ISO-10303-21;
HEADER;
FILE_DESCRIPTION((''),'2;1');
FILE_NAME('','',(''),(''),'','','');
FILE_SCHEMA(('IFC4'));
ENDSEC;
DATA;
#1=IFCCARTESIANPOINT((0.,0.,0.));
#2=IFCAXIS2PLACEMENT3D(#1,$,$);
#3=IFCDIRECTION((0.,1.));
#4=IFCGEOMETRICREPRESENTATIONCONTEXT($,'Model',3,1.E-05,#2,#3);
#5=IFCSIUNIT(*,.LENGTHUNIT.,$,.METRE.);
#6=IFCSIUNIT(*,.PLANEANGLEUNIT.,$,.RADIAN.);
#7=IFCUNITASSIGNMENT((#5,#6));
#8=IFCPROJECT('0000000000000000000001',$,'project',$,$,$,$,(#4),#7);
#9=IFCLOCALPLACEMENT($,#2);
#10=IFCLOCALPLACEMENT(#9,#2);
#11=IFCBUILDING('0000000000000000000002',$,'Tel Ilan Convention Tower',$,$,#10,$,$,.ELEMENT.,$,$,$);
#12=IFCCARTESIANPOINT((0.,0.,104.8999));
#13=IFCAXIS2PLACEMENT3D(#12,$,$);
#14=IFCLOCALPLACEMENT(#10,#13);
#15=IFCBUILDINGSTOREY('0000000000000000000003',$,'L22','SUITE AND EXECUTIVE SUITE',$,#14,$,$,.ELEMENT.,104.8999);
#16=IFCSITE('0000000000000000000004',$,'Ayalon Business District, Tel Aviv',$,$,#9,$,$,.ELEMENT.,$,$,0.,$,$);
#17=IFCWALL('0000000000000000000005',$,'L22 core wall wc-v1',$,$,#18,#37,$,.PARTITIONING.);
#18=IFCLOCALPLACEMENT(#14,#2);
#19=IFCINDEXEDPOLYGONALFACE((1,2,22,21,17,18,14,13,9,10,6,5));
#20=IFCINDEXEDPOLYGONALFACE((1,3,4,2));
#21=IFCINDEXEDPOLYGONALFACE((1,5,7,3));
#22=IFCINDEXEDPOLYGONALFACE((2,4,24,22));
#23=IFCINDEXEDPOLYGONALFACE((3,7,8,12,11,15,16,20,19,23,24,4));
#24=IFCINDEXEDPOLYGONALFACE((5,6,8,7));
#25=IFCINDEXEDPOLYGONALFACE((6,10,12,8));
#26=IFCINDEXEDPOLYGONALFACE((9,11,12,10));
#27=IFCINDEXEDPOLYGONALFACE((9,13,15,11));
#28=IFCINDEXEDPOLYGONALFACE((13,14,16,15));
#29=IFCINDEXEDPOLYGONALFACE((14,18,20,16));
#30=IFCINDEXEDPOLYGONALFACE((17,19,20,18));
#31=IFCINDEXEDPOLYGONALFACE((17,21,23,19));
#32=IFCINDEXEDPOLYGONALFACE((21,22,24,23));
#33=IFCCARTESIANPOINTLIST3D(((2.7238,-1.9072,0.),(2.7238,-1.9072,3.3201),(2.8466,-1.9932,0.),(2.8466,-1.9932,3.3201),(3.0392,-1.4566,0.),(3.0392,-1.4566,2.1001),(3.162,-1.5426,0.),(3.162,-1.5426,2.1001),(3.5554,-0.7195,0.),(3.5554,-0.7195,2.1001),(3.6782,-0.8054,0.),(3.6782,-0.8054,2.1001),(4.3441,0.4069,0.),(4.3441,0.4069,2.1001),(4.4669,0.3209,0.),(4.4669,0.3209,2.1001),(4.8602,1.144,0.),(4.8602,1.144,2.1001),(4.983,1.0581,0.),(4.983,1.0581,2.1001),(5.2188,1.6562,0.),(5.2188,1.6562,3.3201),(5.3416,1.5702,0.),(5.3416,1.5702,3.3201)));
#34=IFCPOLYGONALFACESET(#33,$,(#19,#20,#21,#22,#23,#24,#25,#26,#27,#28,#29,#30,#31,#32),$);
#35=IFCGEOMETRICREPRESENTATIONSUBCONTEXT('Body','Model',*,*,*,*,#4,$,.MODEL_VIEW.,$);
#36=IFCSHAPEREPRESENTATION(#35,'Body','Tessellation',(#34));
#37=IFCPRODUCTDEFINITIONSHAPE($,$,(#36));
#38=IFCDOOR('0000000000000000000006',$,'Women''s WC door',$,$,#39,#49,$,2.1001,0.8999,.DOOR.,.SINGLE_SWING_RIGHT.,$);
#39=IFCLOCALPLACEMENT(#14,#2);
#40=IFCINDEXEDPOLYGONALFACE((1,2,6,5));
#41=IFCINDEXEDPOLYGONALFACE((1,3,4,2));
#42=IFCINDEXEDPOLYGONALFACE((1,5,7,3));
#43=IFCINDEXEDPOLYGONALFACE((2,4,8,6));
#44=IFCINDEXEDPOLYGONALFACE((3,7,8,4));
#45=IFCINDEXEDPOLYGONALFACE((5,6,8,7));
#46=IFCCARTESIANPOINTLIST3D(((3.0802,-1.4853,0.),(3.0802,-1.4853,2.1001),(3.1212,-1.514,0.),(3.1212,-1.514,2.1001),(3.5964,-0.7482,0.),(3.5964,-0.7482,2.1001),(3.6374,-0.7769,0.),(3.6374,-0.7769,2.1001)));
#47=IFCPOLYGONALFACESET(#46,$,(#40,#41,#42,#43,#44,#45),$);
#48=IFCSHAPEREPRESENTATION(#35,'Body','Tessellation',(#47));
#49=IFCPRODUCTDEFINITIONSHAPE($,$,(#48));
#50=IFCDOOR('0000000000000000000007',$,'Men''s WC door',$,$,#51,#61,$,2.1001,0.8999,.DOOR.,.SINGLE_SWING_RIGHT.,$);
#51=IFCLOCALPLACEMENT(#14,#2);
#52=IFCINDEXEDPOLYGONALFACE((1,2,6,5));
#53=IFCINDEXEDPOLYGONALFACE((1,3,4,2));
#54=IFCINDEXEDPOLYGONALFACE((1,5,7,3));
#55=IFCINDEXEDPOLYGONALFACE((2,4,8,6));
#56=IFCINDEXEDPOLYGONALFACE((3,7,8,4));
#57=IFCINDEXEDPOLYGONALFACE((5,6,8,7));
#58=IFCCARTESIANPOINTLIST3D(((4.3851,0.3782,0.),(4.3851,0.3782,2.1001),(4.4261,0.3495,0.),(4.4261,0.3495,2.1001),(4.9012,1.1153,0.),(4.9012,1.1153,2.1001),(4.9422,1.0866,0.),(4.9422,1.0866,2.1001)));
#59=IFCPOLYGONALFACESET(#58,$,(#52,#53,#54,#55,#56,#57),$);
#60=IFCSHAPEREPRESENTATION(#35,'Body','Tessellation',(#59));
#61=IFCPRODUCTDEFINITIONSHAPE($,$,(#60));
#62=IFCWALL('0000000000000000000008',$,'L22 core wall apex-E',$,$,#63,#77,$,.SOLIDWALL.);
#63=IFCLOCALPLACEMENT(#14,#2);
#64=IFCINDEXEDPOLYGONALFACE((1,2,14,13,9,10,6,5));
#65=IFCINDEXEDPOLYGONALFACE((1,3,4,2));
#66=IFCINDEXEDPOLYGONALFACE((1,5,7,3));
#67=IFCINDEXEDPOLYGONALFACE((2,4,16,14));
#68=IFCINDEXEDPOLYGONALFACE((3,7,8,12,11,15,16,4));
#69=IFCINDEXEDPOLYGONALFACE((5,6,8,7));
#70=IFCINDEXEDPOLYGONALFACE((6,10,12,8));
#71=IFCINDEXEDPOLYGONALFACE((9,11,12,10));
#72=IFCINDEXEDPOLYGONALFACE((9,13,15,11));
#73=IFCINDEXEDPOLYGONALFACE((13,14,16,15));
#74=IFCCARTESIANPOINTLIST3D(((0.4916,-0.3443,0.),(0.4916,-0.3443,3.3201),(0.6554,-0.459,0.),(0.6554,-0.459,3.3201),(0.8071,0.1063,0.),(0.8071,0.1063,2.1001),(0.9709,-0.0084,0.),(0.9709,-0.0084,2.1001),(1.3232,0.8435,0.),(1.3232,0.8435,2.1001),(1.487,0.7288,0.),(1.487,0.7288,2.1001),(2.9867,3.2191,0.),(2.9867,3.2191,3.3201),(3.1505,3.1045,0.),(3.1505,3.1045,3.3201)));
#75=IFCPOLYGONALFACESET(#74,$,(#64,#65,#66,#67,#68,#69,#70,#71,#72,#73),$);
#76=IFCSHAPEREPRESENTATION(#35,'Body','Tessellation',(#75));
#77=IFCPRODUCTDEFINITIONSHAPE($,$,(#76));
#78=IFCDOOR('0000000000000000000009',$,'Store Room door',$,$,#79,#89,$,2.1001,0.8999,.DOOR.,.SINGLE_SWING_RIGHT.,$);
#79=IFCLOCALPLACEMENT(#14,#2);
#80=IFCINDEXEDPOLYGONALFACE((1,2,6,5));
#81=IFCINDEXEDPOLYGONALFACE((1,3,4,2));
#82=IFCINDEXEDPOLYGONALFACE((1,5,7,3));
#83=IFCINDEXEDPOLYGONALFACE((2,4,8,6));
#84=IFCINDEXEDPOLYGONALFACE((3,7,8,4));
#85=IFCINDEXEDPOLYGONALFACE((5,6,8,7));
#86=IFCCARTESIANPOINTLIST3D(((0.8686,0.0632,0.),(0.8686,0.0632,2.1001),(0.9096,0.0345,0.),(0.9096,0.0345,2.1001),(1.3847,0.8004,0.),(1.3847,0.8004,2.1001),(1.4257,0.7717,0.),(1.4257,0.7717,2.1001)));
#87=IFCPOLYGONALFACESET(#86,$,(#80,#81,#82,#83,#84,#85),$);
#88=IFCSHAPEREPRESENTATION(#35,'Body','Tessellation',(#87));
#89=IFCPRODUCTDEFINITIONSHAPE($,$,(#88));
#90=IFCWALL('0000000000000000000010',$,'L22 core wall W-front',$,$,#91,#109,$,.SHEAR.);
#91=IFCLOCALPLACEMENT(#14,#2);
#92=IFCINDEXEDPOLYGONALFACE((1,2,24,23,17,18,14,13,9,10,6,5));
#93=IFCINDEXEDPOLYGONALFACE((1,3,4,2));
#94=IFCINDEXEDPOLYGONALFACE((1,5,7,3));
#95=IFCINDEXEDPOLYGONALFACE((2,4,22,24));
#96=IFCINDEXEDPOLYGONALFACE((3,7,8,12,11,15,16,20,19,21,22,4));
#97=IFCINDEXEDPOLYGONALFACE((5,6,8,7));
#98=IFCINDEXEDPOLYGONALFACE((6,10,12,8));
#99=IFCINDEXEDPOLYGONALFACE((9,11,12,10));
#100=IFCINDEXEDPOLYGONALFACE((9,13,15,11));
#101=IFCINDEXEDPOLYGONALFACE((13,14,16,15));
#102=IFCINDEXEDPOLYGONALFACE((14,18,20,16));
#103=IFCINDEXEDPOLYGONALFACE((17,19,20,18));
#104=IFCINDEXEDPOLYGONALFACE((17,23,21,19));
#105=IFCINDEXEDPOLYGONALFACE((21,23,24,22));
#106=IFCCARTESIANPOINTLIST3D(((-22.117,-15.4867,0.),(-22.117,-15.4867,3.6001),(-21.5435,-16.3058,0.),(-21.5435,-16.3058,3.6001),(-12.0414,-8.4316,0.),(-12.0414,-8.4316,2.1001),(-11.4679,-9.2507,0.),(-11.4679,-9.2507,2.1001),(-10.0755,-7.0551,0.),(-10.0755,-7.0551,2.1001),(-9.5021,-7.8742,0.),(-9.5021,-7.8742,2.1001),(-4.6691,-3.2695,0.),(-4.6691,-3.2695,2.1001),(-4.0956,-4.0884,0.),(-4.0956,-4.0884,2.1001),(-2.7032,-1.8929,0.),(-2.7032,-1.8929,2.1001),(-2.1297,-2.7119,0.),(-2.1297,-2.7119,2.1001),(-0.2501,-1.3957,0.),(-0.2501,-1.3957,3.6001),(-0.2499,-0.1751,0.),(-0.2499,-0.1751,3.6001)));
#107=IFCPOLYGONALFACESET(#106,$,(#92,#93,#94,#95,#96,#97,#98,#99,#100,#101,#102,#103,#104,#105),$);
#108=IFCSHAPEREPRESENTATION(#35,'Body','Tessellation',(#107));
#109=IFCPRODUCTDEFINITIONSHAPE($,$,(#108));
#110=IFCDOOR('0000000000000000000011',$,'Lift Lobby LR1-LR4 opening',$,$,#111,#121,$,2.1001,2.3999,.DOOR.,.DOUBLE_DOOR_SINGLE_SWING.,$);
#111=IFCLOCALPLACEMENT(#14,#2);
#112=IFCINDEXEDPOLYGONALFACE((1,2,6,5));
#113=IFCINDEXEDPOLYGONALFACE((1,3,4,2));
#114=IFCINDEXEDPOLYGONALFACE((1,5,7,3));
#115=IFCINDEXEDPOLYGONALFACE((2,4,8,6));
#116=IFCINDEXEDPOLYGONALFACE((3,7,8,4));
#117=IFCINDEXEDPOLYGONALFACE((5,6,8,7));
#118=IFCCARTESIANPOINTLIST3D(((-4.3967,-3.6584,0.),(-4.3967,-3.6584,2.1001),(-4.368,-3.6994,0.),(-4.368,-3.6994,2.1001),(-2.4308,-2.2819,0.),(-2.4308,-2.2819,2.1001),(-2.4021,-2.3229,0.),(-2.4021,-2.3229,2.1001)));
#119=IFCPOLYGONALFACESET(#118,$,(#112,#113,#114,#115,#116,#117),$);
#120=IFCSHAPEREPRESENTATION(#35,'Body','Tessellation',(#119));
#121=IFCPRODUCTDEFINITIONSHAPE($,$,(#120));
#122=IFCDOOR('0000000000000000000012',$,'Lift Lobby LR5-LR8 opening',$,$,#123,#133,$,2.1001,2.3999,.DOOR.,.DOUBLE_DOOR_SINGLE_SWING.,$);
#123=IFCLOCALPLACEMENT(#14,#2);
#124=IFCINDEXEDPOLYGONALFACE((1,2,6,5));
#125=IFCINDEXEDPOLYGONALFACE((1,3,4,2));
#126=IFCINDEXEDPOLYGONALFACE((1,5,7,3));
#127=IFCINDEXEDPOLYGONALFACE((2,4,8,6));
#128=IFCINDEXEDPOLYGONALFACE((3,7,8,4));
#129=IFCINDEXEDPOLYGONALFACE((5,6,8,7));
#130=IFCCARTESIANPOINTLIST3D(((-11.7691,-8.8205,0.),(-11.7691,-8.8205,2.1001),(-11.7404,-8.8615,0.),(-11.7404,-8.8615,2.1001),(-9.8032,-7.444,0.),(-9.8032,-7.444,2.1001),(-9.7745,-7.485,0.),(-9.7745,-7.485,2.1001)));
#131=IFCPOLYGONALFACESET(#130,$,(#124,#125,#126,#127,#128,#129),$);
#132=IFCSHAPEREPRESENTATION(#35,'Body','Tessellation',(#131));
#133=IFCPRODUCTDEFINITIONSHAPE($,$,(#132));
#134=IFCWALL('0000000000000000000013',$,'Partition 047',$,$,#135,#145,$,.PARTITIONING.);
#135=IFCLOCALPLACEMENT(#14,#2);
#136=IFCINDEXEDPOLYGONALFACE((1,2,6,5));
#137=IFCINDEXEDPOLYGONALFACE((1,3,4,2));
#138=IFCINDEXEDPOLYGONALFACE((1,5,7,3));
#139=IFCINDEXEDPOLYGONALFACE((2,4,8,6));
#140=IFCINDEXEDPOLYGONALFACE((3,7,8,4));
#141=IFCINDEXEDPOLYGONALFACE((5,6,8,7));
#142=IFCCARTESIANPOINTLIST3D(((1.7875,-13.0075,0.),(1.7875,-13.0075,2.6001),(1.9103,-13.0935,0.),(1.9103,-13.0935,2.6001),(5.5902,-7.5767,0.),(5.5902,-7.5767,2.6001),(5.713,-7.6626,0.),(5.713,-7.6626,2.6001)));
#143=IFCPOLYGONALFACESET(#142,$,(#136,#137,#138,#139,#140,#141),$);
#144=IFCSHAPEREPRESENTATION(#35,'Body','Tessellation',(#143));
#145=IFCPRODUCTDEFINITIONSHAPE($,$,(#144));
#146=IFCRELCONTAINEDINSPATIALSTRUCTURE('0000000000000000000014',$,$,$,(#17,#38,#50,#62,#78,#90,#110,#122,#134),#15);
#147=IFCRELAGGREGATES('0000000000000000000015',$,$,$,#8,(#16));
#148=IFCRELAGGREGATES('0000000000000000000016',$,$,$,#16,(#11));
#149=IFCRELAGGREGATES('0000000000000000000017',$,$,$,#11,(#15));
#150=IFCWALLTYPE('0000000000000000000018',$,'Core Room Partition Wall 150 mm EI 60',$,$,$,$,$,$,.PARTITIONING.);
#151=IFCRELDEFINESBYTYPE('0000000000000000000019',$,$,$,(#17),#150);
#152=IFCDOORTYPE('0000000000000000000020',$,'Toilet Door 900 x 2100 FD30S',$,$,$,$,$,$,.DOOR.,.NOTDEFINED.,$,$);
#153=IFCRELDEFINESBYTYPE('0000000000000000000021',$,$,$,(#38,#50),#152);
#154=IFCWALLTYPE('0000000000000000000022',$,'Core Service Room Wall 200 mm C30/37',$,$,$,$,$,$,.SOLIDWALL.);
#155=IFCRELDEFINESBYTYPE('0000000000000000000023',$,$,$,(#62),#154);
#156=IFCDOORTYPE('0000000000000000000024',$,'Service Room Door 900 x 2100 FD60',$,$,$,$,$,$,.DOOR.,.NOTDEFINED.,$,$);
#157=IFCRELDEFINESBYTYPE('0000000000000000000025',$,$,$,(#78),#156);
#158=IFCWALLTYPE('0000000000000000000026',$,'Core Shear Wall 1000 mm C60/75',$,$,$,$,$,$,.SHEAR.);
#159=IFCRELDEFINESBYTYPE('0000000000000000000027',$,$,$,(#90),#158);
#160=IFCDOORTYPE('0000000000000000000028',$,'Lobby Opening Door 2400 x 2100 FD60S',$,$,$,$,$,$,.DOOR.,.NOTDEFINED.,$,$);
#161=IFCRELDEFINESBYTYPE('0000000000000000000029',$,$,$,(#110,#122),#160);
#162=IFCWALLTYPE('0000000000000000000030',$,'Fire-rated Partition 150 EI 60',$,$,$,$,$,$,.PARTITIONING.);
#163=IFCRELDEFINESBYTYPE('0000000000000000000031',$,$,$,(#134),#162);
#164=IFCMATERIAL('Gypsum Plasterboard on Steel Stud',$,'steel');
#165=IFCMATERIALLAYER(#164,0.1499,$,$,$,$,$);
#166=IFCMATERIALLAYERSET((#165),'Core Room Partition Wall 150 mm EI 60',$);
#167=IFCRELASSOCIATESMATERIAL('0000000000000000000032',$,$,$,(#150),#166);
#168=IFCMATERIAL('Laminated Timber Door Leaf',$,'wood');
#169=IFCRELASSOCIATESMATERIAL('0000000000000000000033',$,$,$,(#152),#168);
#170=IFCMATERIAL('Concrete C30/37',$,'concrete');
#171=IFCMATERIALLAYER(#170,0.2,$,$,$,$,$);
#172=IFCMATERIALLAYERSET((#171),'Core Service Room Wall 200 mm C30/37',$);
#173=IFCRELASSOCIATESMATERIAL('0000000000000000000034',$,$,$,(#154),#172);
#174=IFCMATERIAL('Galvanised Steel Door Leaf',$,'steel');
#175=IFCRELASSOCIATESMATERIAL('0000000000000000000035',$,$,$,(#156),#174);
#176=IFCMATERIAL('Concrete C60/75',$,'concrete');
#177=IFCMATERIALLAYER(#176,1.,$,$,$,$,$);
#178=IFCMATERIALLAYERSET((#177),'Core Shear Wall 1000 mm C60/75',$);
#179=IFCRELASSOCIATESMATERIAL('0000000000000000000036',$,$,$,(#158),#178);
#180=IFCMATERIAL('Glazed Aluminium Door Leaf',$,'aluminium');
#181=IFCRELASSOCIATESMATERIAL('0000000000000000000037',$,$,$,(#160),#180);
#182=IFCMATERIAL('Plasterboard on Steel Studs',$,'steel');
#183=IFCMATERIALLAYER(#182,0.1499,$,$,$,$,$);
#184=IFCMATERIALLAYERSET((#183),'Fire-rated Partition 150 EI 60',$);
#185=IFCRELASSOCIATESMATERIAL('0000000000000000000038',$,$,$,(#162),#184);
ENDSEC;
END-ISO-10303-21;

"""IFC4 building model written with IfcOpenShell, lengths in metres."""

from ifc_helpers import new_model, si_unit, direction, frame, frame_2d, origin, place, context, subcontext, project, spatial, polyline, rectangle, outline, extrude, material, layer, layer_set, type_object, element, fill, save


model = new_model("IFC4")

# Units and contexts
model_context = context("Model", 3, precision=1e-05, world=origin(), true_north=direction((0.0, 1.0)))
body_context = subcontext(model_context, "Body", "Model", "MODEL_VIEW")
ifc_project = project(units=[si_unit("LENGTHUNIT", "METRE"), si_unit("PLANEANGLEUNIT", "RADIAN")], contexts=[model_context])

# Site, building, storey
site_placement = place(None, origin())
site = spatial("IfcSite", under=ifc_project, at=site_placement, Name="Ayalon Business District, Tel Aviv", CompositionType="ELEMENT", RefElevation=0.0)
building_placement = place(site_placement, origin())
building = spatial("IfcBuilding", under=site, at=building_placement, Name="Tel Ilan Convention Tower", CompositionType="ELEMENT")
storey_placement = place(building_placement, frame((0.0, 0.0, 104.8999)))
storey = spatial("IfcBuildingStorey", under=building, at=storey_placement, Name="L22", Description="SUITE AND EXECUTIVE SUITE", CompositionType="ELEMENT", Elevation=104.8999)

# Wall, openings, doors
ifc_material_1 = material(Name="Gypsum Plasterboard on Steel Stud", Category="steel")
ifc_layer_1 = layer(ifc_material_1, 0.1499)
ifc_layer_set_1 = layer_set([ifc_layer_1], Name="Core Room Partition Wall 150 mm EI 60")
wall_type_1 = type_object("IfcWallType", Name="Core Room Partition Wall 150 mm EI 60", PredefinedType="PARTITIONING", material=ifc_layer_set_1)
wall_1_placement = place(storey_placement, frame((2.7852, -1.9502, 0.0), z_axis=(0.0, 0.0, 1.0), x_axis=(0.573568, 0.819158, 0.0)))
wall_1 = element("IfcWall", 1, at=wall_1_placement, inside=storey, type_object=wall_type_1, Name="L22 core wall wc-v1", PredefinedType="PARTITIONING", context=body_context, shape_type="SweptSolid", body=[
    extrude(rectangle(XDim=4.3501, YDim=0.1499, at=frame_2d((2.175, 0.0))), origin(), (0.0, 0.0, 1.0), 3.3201),
])
opening_1_placement = place(wall_1_placement, frame((0.55, 0.0, 0.0)))
opening_1 = element("IfcOpeningElement", 2, at=opening_1_placement, cuts=wall_1, PredefinedType="OPENING", context=body_context, shape_type="SweptSolid", body=[
    extrude(rectangle(XDim=0.8999, YDim=2.1001, at=frame_2d((0.45, 1.05))), frame((0.0, 0.085, 0.0), z_axis=(0.0, -1.0, 0.0), x_axis=(1.0, 0.0, 0.0)), (0.0, 0.0, 1.0), 0.1699),
])
opening_2_placement = place(wall_1_placement, frame((2.825, 0.0, 0.0)))
opening_2 = element("IfcOpeningElement", 3, at=opening_2_placement, cuts=wall_1, PredefinedType="OPENING", context=body_context, shape_type="SweptSolid", body=[
    extrude(rectangle(XDim=0.8999, YDim=2.1001, at=frame_2d((0.45, 1.05))), frame((0.0, 0.085, 0.0), z_axis=(0.0, -1.0, 0.0), x_axis=(1.0, 0.0, 0.0)), (0.0, 0.0, 1.0), 0.1699),
])
ifc_material_2 = material(Name="Laminated Timber Door Leaf", Category="wood")
door_type_1 = type_object("IfcDoorType", Name="Toilet Door 900 x 2100 FD30S", OperationType="NOTDEFINED", PredefinedType="DOOR", material=ifc_material_2)
door_1_placement = place(opening_1_placement, origin())
door_1 = element("IfcDoor", 4, at=door_1_placement, inside=storey, type_object=door_type_1, Name="Women's WC door", OperationType="SINGLE_SWING_RIGHT", OverallHeight=2.1001, OverallWidth=0.8999, PredefinedType="DOOR", context=body_context, shape_type="SweptSolid", body=[
    extrude(rectangle(XDim=0.8999, YDim=2.1001, at=frame_2d((0.45, 1.05))), frame((0.0, 0.0249, 0.0), z_axis=(0.0, -1.0, 0.0), x_axis=(1.0, 0.0, 0.0)), (0.0, 0.0, 1.0), 0.05),
])
fill(opening_1, door_1)
door_2_placement = place(opening_2_placement, origin())
door_2 = element("IfcDoor", 5, at=door_2_placement, inside=storey, type_object=door_type_1, Name="Men's WC door", OperationType="SINGLE_SWING_RIGHT", OverallHeight=2.1001, OverallWidth=0.8999, PredefinedType="DOOR", context=body_context, shape_type="SweptSolid", body=[
    extrude(rectangle(XDim=0.8999, YDim=2.1001, at=frame_2d((0.45, 1.05))), frame((0.0, 0.0249, 0.0), z_axis=(0.0, -1.0, 0.0), x_axis=(1.0, 0.0, 0.0)), (0.0, 0.0, 1.0), 0.05),
])
fill(opening_2, door_2)

# Wall, opening, door
ifc_material_3 = material(Name="Concrete C30/37", Category="concrete")
ifc_layer_2 = layer(ifc_material_3, 0.2)
ifc_layer_set_2 = layer_set([ifc_layer_2], Name="Core Service Room Wall 200 mm C30/37")
wall_type_2 = type_object("IfcWallType", Name="Core Service Room Wall 200 mm C30/37", PredefinedType="SOLIDWALL", material=ifc_layer_set_2)
wall_2_placement = place(storey_placement, frame((0.5735, -0.4016, 0.0), z_axis=(0.0, 0.0, 1.0), x_axis=(0.573568, 0.819158, 0.0)))
wall_2 = element("IfcWall", 6, at=wall_2_placement, inside=storey, type_object=wall_type_2, Name="L22 core wall apex-E", PredefinedType="SOLIDWALL", context=body_context, shape_type="SweptSolid", body=[
    extrude(rectangle(XDim=4.3501, YDim=0.2, at=frame_2d((2.175, 0.0))), origin(), (0.0, 0.0, 1.0), 3.3201),
])
opening_3_placement = place(wall_2_placement, frame((0.55, 0.0, 0.0)))
opening_3 = element("IfcOpeningElement", 7, at=opening_3_placement, cuts=wall_2, PredefinedType="OPENING", context=body_context, shape_type="SweptSolid", body=[
    extrude(rectangle(XDim=0.8999, YDim=2.1001, at=frame_2d((0.45, 1.05))), frame((0.0, 0.1099, 0.0), z_axis=(0.0, -1.0, 0.0), x_axis=(1.0, 0.0, 0.0)), (0.0, 0.0, 1.0), 0.22),
])
ifc_material_4 = material(Name="Galvanised Steel Door Leaf", Category="steel")
door_type_2 = type_object("IfcDoorType", Name="Service Room Door 900 x 2100 FD60", OperationType="NOTDEFINED", PredefinedType="DOOR", material=ifc_material_4)
door_3_placement = place(opening_3_placement, origin())
door_3 = element("IfcDoor", 8, at=door_3_placement, inside=storey, type_object=door_type_2, Name="Store Room door", OperationType="SINGLE_SWING_RIGHT", OverallHeight=2.1001, OverallWidth=0.8999, PredefinedType="DOOR", context=body_context, shape_type="SweptSolid", body=[
    extrude(rectangle(XDim=0.8999, YDim=2.1001, at=frame_2d((0.45, 1.05))), frame((0.0, 0.0249, 0.0), z_axis=(0.0, -1.0, 0.0), x_axis=(1.0, 0.0, 0.0)), (0.0, 0.0, 1.0), 0.05),
])
fill(opening_3, door_3)

# Wall, openings, doors
ifc_material_5 = material(Name="Concrete C60/75", Category="concrete")
ifc_layer_3 = layer(ifc_material_5, 1.0)
ifc_layer_set_3 = layer_set([ifc_layer_3], Name="Core Shear Wall 1000 mm C60/75")
wall_type_3 = type_object("IfcWallType", Name="Core Shear Wall 1000 mm C60/75", PredefinedType="SHEAR", material=ifc_layer_set_3)
wall_3_placement = place(storey_placement, frame((0.0369, -0.5847, 0.0), z_axis=(0.0, 0.0, 1.0), x_axis=(-0.819157, -0.573569, 0.0)))
wall_3 = element("IfcWall", 9, at=wall_3_placement, inside=storey, type_object=wall_type_3, Name="L22 core wall W-front", PredefinedType="SHEAR", context=body_context, shape_type="SweptSolid", body=[
    extrude(outline(polyline([(26.6948, 0.5002), (0.7002, 0.4998), (0.0, -0.5), (26.6948, -0.4998), (26.6948, 0.5002)])), origin(), (0.0, 0.0, 1.0), 3.6001),
])
opening_4_placement = place(wall_3_placement, frame((2.9949, 0.0, 0.0)))
opening_4 = element("IfcOpeningElement", 10, at=opening_4_placement, cuts=wall_3, PredefinedType="OPENING", context=body_context, shape_type="SweptSolid", body=[
    extrude(rectangle(XDim=2.3999, YDim=2.1001, at=frame_2d((1.2, 1.05))), frame((0.0, 0.51, 0.0), z_axis=(0.0, -1.0, 0.0), x_axis=(1.0, 0.0, 0.0)), (0.0, 0.0, 1.0), 1.02),
])
opening_5_placement = place(wall_3_placement, frame((11.9949, 0.0, 0.0)))
opening_5 = element("IfcOpeningElement", 11, at=opening_5_placement, cuts=wall_3, PredefinedType="OPENING", context=body_context, shape_type="SweptSolid", body=[
    extrude(rectangle(XDim=2.3999, YDim=2.1001, at=frame_2d((1.2, 1.05))), frame((0.0, 0.51, 0.0), z_axis=(0.0, -1.0, 0.0), x_axis=(1.0, 0.0, 0.0)), (0.0, 0.0, 1.0), 1.02),
])
ifc_material_6 = material(Name="Glazed Aluminium Door Leaf", Category="aluminium")
door_type_3 = type_object("IfcDoorType", Name="Lobby Opening Door 2400 x 2100 FD60S", OperationType="NOTDEFINED", PredefinedType="DOOR", material=ifc_material_6)
door_4_placement = place(opening_4_placement, origin())
door_4 = element("IfcDoor", 12, at=door_4_placement, inside=storey, type_object=door_type_3, Name="Lift Lobby LR1-LR4 opening", OperationType="DOUBLE_DOOR_SINGLE_SWING", OverallHeight=2.1001, OverallWidth=2.3999, PredefinedType="DOOR", context=body_context, shape_type="SweptSolid", body=[
    extrude(rectangle(XDim=2.3999, YDim=2.1001, at=frame_2d((1.2, 1.05))), frame((0.0, 0.0249, 0.0), z_axis=(0.0, -1.0, 0.0), x_axis=(1.0, 0.0, 0.0)), (0.0, 0.0, 1.0), 0.05),
])
fill(opening_4, door_4)
door_5_placement = place(opening_5_placement, origin())
door_5 = element("IfcDoor", 13, at=door_5_placement, inside=storey, type_object=door_type_3, Name="Lift Lobby LR5-LR8 opening", OperationType="DOUBLE_DOOR_SINGLE_SWING", OverallHeight=2.1001, OverallWidth=2.3999, PredefinedType="DOOR", context=body_context, shape_type="SweptSolid", body=[
    extrude(rectangle(XDim=2.3999, YDim=2.1001, at=frame_2d((1.2, 1.05))), frame((0.0, 0.0249, 0.0), z_axis=(0.0, -1.0, 0.0), x_axis=(1.0, 0.0, 0.0)), (0.0, 0.0, 1.0), 0.05),
])
fill(opening_5, door_5)

# Wall
ifc_material_7 = material(Name="Plasterboard on Steel Studs", Category="steel")
ifc_layer_4 = layer(ifc_material_7, 0.1499)
ifc_layer_set_4 = layer_set([ifc_layer_4], Name="Fire-rated Partition 150 EI 60")
wall_type_4 = type_object("IfcWallType", Name="Fire-rated Partition 150 EI 60", PredefinedType="PARTITIONING", material=ifc_layer_set_4)
wall_4_placement = place(storey_placement, frame((1.8489, -13.0505, 0.0), z_axis=(0.0, 0.0, 1.0), x_axis=(0.573574, 0.819154, 0.0)))
element("IfcWall", 14, at=wall_4_placement, inside=storey, type_object=wall_type_4, Name="Partition 047", PredefinedType="PARTITIONING", context=body_context, shape_type="SweptSolid", body=[
    extrude(rectangle(XDim=6.6299, YDim=0.1499, at=frame_2d((3.3149, 0.0))), origin(), (0.0, 0.0, 1.0), 2.6001),
])

save(model, "model.ifc")
